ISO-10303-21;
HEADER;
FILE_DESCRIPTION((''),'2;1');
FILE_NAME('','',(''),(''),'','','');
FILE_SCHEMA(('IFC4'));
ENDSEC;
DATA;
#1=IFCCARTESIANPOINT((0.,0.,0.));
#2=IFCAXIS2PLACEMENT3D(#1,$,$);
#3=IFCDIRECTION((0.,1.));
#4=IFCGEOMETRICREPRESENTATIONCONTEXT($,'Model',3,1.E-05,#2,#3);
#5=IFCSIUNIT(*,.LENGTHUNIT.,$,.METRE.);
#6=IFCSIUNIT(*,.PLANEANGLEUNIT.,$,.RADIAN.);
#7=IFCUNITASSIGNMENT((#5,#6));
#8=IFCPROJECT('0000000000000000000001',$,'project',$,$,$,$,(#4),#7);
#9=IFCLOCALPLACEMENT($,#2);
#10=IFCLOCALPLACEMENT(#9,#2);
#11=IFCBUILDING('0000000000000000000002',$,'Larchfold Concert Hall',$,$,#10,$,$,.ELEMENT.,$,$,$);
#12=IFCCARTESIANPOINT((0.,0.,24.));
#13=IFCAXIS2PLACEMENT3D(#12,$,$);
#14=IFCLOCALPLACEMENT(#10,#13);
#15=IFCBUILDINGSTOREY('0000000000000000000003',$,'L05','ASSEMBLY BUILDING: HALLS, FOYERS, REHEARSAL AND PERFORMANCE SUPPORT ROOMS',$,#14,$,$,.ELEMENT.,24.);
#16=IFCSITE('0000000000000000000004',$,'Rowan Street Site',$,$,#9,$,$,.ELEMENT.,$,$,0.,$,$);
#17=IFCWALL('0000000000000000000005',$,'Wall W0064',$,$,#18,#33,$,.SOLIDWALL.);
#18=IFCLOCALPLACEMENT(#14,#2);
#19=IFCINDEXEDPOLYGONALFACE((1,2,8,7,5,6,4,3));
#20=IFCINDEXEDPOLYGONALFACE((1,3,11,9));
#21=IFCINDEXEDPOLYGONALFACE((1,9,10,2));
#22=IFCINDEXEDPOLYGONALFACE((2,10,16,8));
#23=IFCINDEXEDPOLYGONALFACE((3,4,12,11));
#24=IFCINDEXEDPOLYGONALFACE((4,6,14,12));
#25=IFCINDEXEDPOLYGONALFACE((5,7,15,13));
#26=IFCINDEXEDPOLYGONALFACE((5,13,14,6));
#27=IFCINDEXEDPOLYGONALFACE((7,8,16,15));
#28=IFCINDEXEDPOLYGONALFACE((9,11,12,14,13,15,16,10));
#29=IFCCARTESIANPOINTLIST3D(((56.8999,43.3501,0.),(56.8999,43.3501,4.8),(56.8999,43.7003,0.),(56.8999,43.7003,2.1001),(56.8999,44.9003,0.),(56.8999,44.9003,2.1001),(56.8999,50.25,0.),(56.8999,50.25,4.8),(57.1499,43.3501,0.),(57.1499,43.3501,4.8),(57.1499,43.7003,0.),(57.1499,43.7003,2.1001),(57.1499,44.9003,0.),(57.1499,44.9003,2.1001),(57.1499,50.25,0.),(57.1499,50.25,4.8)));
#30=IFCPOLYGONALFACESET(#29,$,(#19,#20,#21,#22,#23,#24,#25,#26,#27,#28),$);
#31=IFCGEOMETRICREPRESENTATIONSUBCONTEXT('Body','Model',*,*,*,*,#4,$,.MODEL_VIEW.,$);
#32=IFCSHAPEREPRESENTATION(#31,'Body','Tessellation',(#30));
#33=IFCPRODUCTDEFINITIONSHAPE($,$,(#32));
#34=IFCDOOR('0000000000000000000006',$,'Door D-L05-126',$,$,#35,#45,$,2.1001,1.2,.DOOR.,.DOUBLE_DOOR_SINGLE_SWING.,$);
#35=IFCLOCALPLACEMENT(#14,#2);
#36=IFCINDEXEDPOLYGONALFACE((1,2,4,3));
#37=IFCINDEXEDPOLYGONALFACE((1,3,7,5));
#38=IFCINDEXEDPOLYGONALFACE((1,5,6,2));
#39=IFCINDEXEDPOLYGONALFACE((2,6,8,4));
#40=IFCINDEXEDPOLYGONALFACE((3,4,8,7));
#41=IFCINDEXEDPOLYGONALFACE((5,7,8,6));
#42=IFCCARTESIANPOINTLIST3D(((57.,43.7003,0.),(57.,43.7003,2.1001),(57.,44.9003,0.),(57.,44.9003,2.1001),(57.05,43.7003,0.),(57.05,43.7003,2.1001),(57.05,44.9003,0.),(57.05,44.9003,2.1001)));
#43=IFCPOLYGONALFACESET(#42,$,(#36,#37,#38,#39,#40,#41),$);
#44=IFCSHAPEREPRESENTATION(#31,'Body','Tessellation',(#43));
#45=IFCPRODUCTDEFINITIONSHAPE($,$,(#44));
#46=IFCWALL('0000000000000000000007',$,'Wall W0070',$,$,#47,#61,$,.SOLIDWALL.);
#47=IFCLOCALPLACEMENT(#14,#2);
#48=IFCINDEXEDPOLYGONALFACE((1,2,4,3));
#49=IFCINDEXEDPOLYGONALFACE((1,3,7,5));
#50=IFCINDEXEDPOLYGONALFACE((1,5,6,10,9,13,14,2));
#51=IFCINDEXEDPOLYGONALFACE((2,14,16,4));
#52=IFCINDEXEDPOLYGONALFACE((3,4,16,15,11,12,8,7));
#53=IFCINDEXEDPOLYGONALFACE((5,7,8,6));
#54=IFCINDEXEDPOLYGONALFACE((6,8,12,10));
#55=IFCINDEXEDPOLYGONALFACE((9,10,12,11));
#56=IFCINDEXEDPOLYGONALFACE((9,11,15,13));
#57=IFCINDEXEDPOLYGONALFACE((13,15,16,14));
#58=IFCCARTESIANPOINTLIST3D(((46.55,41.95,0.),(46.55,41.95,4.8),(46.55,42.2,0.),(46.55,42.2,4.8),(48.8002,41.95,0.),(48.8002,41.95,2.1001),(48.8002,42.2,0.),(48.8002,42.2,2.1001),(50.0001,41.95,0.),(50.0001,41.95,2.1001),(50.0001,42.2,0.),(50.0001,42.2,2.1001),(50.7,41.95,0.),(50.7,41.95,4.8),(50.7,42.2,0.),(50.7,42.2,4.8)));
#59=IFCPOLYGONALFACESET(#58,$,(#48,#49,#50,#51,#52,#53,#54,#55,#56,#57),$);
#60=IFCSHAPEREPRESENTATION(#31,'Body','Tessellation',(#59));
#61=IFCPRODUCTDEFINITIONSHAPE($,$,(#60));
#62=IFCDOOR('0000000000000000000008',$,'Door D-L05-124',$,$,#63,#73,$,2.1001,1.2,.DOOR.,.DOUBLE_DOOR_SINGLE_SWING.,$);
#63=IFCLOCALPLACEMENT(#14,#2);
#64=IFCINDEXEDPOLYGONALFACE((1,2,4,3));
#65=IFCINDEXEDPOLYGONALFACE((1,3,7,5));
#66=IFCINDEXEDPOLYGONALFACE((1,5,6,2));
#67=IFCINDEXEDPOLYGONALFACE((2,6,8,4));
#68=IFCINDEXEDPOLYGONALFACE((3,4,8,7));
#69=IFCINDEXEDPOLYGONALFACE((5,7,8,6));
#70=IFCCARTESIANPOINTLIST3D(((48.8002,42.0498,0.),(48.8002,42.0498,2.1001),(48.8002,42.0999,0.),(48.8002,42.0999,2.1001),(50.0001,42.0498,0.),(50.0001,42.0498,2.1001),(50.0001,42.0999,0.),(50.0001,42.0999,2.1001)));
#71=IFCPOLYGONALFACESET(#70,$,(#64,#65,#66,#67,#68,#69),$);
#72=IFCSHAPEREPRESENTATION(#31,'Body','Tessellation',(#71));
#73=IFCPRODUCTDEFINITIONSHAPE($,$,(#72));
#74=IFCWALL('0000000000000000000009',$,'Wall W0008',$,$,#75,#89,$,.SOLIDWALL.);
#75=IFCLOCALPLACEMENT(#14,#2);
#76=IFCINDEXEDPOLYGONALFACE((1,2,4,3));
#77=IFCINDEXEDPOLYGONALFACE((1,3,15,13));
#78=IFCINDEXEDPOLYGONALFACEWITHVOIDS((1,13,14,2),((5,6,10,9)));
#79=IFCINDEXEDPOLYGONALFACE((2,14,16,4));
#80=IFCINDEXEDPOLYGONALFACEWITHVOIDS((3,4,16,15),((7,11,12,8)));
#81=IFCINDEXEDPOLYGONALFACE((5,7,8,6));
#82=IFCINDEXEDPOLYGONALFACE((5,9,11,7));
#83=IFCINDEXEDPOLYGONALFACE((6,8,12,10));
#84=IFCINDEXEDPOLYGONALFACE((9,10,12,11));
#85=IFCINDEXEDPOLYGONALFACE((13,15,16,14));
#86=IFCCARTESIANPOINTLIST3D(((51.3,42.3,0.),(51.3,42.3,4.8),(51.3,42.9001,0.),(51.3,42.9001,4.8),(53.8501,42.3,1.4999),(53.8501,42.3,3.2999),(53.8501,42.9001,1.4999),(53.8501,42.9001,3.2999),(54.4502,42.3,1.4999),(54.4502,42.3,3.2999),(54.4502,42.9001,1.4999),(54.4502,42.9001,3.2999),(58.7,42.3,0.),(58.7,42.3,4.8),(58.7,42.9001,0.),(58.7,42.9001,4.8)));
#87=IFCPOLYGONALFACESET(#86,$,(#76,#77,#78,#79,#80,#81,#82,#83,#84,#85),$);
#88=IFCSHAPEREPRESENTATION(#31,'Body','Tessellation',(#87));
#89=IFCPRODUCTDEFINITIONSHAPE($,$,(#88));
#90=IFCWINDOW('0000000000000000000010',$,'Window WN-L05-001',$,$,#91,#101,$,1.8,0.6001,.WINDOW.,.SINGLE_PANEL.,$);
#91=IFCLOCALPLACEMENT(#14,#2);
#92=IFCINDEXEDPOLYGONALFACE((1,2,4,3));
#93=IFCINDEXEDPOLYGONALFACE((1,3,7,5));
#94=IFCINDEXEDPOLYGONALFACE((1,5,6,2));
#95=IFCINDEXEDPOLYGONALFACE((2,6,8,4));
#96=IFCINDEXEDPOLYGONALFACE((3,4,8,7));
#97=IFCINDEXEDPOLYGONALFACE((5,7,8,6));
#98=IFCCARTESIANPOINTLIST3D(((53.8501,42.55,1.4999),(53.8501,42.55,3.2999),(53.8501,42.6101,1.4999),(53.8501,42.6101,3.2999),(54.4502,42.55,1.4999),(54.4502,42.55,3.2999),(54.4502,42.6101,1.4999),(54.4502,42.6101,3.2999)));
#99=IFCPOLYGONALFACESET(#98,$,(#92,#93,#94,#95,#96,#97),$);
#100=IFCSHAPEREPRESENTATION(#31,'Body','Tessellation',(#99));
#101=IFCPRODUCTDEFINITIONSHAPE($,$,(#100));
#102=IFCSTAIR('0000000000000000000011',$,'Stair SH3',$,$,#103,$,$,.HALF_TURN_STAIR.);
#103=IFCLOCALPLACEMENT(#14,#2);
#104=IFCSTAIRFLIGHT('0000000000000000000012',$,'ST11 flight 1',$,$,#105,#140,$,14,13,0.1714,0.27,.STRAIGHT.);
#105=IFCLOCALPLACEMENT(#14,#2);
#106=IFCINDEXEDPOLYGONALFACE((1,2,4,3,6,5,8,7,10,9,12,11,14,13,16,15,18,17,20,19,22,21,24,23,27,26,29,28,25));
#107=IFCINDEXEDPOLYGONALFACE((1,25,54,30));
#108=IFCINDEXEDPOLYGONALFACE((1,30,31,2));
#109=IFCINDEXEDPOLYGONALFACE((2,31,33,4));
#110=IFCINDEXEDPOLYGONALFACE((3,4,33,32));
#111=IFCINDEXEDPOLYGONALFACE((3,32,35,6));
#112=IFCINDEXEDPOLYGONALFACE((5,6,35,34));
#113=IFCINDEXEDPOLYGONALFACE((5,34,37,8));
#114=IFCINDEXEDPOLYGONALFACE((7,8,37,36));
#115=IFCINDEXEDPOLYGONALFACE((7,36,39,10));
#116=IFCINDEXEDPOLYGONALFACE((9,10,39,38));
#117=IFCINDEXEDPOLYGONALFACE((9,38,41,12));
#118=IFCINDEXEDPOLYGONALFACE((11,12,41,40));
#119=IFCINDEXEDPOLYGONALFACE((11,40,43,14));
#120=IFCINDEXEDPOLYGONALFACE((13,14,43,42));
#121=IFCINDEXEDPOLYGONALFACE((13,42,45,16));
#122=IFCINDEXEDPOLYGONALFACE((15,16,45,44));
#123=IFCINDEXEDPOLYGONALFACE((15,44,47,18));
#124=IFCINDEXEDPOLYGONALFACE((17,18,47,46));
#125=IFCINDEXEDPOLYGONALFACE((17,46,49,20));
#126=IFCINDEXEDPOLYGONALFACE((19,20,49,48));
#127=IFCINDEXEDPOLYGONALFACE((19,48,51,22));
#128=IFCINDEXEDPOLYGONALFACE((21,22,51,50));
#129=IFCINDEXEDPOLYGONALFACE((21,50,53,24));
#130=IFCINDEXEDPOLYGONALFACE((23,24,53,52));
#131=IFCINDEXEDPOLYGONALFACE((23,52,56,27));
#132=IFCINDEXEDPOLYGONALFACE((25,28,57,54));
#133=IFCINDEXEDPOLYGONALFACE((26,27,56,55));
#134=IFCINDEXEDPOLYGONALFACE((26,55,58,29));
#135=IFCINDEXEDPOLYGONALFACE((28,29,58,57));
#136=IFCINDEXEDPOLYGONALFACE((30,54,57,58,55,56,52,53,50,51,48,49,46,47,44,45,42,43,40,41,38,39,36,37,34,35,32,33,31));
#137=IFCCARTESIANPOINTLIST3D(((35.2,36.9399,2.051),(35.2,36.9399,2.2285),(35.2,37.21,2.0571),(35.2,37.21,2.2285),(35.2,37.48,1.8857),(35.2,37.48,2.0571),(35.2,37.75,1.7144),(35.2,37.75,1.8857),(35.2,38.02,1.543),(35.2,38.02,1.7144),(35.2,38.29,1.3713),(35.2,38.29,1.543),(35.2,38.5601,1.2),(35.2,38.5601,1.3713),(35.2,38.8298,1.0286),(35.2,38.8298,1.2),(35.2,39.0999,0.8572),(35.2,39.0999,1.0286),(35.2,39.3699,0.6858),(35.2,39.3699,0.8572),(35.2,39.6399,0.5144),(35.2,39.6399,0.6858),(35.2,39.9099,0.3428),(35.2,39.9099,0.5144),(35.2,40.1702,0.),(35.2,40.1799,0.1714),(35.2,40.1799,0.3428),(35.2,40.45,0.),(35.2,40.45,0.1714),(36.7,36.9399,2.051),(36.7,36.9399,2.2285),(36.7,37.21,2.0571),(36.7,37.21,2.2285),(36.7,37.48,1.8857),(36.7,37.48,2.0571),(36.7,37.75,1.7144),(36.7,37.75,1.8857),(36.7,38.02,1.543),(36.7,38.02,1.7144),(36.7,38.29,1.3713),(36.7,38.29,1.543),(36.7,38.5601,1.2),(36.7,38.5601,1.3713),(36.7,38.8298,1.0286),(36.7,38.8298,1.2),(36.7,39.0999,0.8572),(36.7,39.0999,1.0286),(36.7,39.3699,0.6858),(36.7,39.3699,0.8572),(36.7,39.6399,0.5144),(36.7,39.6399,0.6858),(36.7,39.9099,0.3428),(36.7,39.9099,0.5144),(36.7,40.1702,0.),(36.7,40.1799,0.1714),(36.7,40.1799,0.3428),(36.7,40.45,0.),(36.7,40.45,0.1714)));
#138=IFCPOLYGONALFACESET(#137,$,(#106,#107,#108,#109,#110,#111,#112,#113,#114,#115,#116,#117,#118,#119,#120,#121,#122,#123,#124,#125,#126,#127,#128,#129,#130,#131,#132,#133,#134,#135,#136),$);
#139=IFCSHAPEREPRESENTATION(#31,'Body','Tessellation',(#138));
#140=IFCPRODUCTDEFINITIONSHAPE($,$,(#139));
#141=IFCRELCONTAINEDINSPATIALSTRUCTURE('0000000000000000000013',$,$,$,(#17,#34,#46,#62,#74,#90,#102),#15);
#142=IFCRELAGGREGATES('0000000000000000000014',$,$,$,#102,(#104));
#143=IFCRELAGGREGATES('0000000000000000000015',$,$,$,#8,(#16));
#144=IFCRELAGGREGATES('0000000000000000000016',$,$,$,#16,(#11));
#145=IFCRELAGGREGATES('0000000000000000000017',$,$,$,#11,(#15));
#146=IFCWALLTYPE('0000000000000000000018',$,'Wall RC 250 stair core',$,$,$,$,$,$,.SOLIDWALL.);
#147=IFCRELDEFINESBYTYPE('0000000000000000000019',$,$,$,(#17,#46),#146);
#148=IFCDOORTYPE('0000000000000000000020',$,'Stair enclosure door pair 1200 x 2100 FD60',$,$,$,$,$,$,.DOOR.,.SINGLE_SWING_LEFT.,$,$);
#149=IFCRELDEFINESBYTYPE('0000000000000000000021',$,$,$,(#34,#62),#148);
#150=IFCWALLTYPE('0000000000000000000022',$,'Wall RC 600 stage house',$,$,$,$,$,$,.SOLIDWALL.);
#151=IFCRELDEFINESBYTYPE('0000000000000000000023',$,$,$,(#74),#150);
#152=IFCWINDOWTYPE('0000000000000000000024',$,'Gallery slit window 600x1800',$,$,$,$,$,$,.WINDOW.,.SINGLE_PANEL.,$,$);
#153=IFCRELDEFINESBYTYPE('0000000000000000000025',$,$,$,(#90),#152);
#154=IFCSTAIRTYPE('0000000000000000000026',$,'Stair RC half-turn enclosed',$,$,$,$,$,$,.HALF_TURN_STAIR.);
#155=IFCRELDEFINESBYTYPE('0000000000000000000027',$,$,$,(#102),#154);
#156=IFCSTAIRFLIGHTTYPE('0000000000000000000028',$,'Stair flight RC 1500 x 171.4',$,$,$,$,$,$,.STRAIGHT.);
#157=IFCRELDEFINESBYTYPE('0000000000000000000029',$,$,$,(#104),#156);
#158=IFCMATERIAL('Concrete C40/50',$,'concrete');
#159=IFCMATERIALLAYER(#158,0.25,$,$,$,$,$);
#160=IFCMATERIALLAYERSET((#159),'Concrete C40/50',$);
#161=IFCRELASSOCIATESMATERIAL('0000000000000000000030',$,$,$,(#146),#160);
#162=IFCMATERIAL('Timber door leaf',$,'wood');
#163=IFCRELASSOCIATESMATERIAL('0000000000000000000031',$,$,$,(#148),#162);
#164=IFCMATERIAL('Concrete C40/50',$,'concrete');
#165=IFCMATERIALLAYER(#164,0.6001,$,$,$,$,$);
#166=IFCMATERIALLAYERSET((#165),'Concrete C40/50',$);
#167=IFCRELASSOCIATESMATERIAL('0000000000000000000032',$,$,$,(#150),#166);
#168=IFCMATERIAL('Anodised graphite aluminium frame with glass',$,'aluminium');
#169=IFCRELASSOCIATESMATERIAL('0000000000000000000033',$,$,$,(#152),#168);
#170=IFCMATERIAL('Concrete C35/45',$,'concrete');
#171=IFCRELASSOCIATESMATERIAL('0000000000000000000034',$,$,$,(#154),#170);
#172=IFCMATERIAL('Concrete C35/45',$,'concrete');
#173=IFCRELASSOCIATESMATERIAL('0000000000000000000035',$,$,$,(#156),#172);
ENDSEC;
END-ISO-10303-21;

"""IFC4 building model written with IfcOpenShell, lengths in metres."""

from ifc_helpers import new_model, si_unit, direction, frame, frame_2d, origin, place, context, subcontext, project, spatial, polyline, rectangle, outline, extrude, material, layer, layer_set, type_object, element, fill, aggregate, save


model = new_model("IFC4")

# Units and contexts
model_context = context("Model", 3, precision=1e-05, world=origin(), true_north=direction((0.0, 1.0)))
body_context = subcontext(model_context, "Body", "Model", "MODEL_VIEW")
ifc_project = project(units=[si_unit("LENGTHUNIT", "METRE"), si_unit("PLANEANGLEUNIT", "RADIAN")], contexts=[model_context])

# Site, building, storey
site_placement = place(None, origin())
site = spatial("IfcSite", under=ifc_project, at=site_placement, Name="Rowan Street Site", CompositionType="ELEMENT", RefElevation=0.0)
building_placement = place(site_placement, origin())
building = spatial("IfcBuilding", under=site, at=building_placement, Name="Larchfold Concert Hall", CompositionType="ELEMENT")
storey_placement = place(building_placement, frame((0.0, 0.0, 24.0)))
storey = spatial("IfcBuildingStorey", under=building, at=storey_placement, Name="L05", Description="ASSEMBLY BUILDING: HALLS, FOYERS, REHEARSAL AND PERFORMANCE SUPPORT ROOMS", CompositionType="ELEMENT", Elevation=24.0)

# Shared definitions
ifc_material_1 = material(Name="Concrete C40/50", Category="concrete")
ifc_layer_1 = layer(ifc_material_1, 0.25)
ifc_layer_set_1 = layer_set([ifc_layer_1], Name="Concrete C40/50")
wall_type_1 = type_object("IfcWallType", Name="Wall RC 250 stair core", PredefinedType="SOLIDWALL", material=ifc_layer_set_1)

# Walls, openings, doors
wall_1_placement = place(storey_placement, frame((57.0249, 43.3501, 0.0), z_axis=(0.0, 0.0, 1.0), x_axis=(0.0, 1.0, 0.0)))
wall_1 = element("IfcWall", 1, at=wall_1_placement, inside=storey, type_object=wall_type_1, Name="Wall W0064", PredefinedType="SOLIDWALL", context=body_context, shape_type="SweptSolid", body=[
    extrude(rectangle(XDim=6.8999, YDim=0.25, at=frame_2d((3.45, 0.0))), origin(), (0.0, 0.0, 1.0), 4.8),
])
opening_1_placement = place(wall_1_placement, frame((0.3501, 0.0, 0.0)))
opening_1 = element("IfcOpeningElement", 2, at=opening_1_placement, cuts=wall_1, PredefinedType="OPENING", context=body_context, shape_type="SweptSolid", body=[
    extrude(rectangle(XDim=1.2, YDim=2.1001, at=frame_2d((0.6001, 1.05))), frame((0.0, 0.135, 0.0), z_axis=(0.0, -1.0, 0.0), x_axis=(1.0, 0.0, 0.0)), (0.0, 0.0, 1.0), 0.27),
])
ifc_material_2 = material(Name="Timber door leaf", Category="wood")
door_type_1 = type_object("IfcDoorType", Name="Stair enclosure door pair 1200 x 2100 FD60", OperationType="SINGLE_SWING_LEFT", PredefinedType="DOOR", material=ifc_material_2)
door_1_placement = place(opening_1_placement, origin())
door_1 = element("IfcDoor", 3, at=door_1_placement, inside=storey, type_object=door_type_1, Name="Door D-L05-126", OperationType="DOUBLE_DOOR_SINGLE_SWING", OverallHeight=2.1001, OverallWidth=1.2, PredefinedType="DOOR", context=body_context, shape_type="SweptSolid", body=[
    extrude(rectangle(XDim=1.2, YDim=2.1001, at=frame_2d((0.6001, 1.05))), frame((0.0, 0.0249, 0.0), z_axis=(0.0, -1.0, 0.0), x_axis=(1.0, 0.0, 0.0)), (0.0, 0.0, 1.0), 0.05),
])
fill(opening_1, door_1)
wall_2_placement = place(storey_placement, frame((46.55, 42.075, 0.0), z_axis=(0.0, 0.0, 1.0), x_axis=(1.0, 0.0, 0.0)))
wall_2 = element("IfcWall", 4, at=wall_2_placement, inside=storey, type_object=wall_type_1, Name="Wall W0070", PredefinedType="SOLIDWALL", context=body_context, shape_type="SweptSolid", body=[
    extrude(rectangle(XDim=4.1499, YDim=0.25, at=frame_2d((2.075, 0.0))), origin(), (0.0, 0.0, 1.0), 4.8),
])
opening_2_placement = place(wall_2_placement, frame((2.25, 0.0, 0.0)))
opening_2 = element("IfcOpeningElement", 5, at=opening_2_placement, cuts=wall_2, PredefinedType="OPENING", context=body_context, shape_type="SweptSolid", body=[
    extrude(rectangle(XDim=1.2, YDim=2.1001, at=frame_2d((0.6001, 1.05))), frame((0.0, 0.135, 0.0), z_axis=(0.0, -1.0, 0.0), x_axis=(1.0, 0.0, 0.0)), (0.0, 0.0, 1.0), 0.27),
])
door_2_placement = place(opening_2_placement, origin())
door_2 = element("IfcDoor", 6, at=door_2_placement, inside=storey, type_object=door_type_1, Name="Door D-L05-124", OperationType="DOUBLE_DOOR_SINGLE_SWING", OverallHeight=2.1001, OverallWidth=1.2, PredefinedType="DOOR", context=body_context, shape_type="SweptSolid", body=[
    extrude(rectangle(XDim=1.2, YDim=2.1001, at=frame_2d((0.6001, 1.05))), frame((0.0, 0.0249, 0.0), z_axis=(0.0, -1.0, 0.0), x_axis=(1.0, 0.0, 0.0)), (0.0, 0.0, 1.0), 0.05),
])
fill(opening_2, door_2)

# Wall, opening, window
ifc_material_3 = material(Name="Concrete C40/50", Category="concrete")
ifc_layer_2 = layer(ifc_material_3, 0.6001)
ifc_layer_set_2 = layer_set([ifc_layer_2], Name="Concrete C40/50")
wall_type_2 = type_object("IfcWallType", Name="Wall RC 600 stage house", PredefinedType="SOLIDWALL", material=ifc_layer_set_2)
wall_3_placement = place(storey_placement, frame((51.3, 42.6001, 0.0), z_axis=(0.0, 0.0, 1.0), x_axis=(1.0, 0.0, 0.0)))
wall_3 = element("IfcWall", 7, at=wall_3_placement, inside=storey, type_object=wall_type_2, Name="Wall W0008", PredefinedType="SOLIDWALL", context=body_context, shape_type="SweptSolid", body=[
    extrude(rectangle(XDim=7.3999, YDim=0.6001, at=frame_2d((3.7, 0.0))), origin(), (0.0, 0.0, 1.0), 4.8),
])
opening_3_placement = place(wall_3_placement, frame((2.55, 0.0, 1.5)))
opening_3 = element("IfcOpeningElement", 8, at=opening_3_placement, cuts=wall_3, PredefinedType="OPENING", context=body_context, shape_type="SweptSolid", body=[
    extrude(rectangle(XDim=0.6001, YDim=1.8, at=frame_2d((0.3, 0.8999))), frame((0.0, 0.3101, 0.0), z_axis=(0.0, -1.0, 0.0), x_axis=(1.0, 0.0, 0.0)), (0.0, 0.0, 1.0), 0.6201),
])
ifc_material_4 = material(Name="Anodised graphite aluminium frame with glass", Category="aluminium")
window_type = type_object("IfcWindowType", Name="Gallery slit window 600x1800", PartitioningType="SINGLE_PANEL", PredefinedType="WINDOW", material=ifc_material_4)
window_placement = place(opening_3_placement, origin())
window = element("IfcWindow", 9, at=window_placement, inside=storey, type_object=window_type, Name="Window WN-L05-001", OverallHeight=1.8, OverallWidth=0.6001, PartitioningType="SINGLE_PANEL", PredefinedType="WINDOW", context=body_context, shape_type="SweptSolid", body=[
    extrude(rectangle(XDim=0.6001, YDim=1.8, at=frame_2d((0.3, 0.8999))), frame((0.0, 0.01, 0.0), z_axis=(0.0, -1.0, 0.0), x_axis=(1.0, 0.0, 0.0)), (0.0, 0.0, 1.0), 0.0601),
])
fill(opening_3, window)

# Stair, stair flight
ifc_material_5 = material(Name="Concrete C35/45", Category="concrete")
stair_type = type_object("IfcStairType", Name="Stair RC half-turn enclosed", PredefinedType="HALF_TURN_STAIR", material=ifc_material_5)
stair_1_placement = place(storey_placement, origin())
stair_1 = element("IfcStair", 10, at=stair_1_placement, inside=storey, type_object=stair_type, Name="Stair SH3", PredefinedType="HALF_TURN_STAIR")
ifc_material_6 = material(Name="Concrete C35/45", Category="concrete")
stair_flight_type = type_object("IfcStairFlightType", Name="Stair flight RC 1500 x 171.4", PredefinedType="STRAIGHT", material=ifc_material_6)
stair_flight_1_placement = place(storey_placement, frame((35.95, 40.45, 0.0), z_axis=(0.0, 0.0, 1.0), x_axis=(0.0, -1.0, 0.0)))
stair_flight_1 = element("IfcStairFlight", 11, at=stair_flight_1_placement, type_object=stair_flight_type, Name="ST11 flight 1", NumberOfRisers=14, NumberOfTreads=13, PredefinedType="STRAIGHT", RiserHeight=0.1714, TreadLength=0.27, context=body_context, shape_type="SweptSolid", body=[
    extrude(outline(polyline([(0.0, 0.0), (0.0, 0.1714), (0.27, 0.1714), (0.27, 0.3428), (0.54, 0.3428), (0.54, 0.5144), (0.8101, 0.5144), (0.8101, 0.6858), (1.0801, 0.6858), (1.0801, 0.8572), (1.3501, 0.8572), (1.3501, 1.0286), (1.6201, 1.0286), (1.6201, 1.2), (1.8899, 1.2), (1.8899, 1.3713), (2.1599, 1.3713), (2.1599, 1.543), (2.4299, 1.543), (2.4299, 1.7144), (2.7, 1.7144), (2.7, 1.8857), (2.97, 1.8857), (2.97, 2.0571), (3.24, 2.0571), (3.24, 2.2285), (3.51, 2.2285), (3.51, 2.3999), (3.51, 2.051), (0.2798, 0.0), (0.0, 0.0)])), frame((0.0, 0.75, 0.0), z_axis=(0.0, -1.0, 0.0), x_axis=(1.0, 0.0, 0.0)), (0.0, 0.0, 1.0), 1.5),
])
aggregate(stair_1, [stair_flight_1])

save(model, "model.ifc")
